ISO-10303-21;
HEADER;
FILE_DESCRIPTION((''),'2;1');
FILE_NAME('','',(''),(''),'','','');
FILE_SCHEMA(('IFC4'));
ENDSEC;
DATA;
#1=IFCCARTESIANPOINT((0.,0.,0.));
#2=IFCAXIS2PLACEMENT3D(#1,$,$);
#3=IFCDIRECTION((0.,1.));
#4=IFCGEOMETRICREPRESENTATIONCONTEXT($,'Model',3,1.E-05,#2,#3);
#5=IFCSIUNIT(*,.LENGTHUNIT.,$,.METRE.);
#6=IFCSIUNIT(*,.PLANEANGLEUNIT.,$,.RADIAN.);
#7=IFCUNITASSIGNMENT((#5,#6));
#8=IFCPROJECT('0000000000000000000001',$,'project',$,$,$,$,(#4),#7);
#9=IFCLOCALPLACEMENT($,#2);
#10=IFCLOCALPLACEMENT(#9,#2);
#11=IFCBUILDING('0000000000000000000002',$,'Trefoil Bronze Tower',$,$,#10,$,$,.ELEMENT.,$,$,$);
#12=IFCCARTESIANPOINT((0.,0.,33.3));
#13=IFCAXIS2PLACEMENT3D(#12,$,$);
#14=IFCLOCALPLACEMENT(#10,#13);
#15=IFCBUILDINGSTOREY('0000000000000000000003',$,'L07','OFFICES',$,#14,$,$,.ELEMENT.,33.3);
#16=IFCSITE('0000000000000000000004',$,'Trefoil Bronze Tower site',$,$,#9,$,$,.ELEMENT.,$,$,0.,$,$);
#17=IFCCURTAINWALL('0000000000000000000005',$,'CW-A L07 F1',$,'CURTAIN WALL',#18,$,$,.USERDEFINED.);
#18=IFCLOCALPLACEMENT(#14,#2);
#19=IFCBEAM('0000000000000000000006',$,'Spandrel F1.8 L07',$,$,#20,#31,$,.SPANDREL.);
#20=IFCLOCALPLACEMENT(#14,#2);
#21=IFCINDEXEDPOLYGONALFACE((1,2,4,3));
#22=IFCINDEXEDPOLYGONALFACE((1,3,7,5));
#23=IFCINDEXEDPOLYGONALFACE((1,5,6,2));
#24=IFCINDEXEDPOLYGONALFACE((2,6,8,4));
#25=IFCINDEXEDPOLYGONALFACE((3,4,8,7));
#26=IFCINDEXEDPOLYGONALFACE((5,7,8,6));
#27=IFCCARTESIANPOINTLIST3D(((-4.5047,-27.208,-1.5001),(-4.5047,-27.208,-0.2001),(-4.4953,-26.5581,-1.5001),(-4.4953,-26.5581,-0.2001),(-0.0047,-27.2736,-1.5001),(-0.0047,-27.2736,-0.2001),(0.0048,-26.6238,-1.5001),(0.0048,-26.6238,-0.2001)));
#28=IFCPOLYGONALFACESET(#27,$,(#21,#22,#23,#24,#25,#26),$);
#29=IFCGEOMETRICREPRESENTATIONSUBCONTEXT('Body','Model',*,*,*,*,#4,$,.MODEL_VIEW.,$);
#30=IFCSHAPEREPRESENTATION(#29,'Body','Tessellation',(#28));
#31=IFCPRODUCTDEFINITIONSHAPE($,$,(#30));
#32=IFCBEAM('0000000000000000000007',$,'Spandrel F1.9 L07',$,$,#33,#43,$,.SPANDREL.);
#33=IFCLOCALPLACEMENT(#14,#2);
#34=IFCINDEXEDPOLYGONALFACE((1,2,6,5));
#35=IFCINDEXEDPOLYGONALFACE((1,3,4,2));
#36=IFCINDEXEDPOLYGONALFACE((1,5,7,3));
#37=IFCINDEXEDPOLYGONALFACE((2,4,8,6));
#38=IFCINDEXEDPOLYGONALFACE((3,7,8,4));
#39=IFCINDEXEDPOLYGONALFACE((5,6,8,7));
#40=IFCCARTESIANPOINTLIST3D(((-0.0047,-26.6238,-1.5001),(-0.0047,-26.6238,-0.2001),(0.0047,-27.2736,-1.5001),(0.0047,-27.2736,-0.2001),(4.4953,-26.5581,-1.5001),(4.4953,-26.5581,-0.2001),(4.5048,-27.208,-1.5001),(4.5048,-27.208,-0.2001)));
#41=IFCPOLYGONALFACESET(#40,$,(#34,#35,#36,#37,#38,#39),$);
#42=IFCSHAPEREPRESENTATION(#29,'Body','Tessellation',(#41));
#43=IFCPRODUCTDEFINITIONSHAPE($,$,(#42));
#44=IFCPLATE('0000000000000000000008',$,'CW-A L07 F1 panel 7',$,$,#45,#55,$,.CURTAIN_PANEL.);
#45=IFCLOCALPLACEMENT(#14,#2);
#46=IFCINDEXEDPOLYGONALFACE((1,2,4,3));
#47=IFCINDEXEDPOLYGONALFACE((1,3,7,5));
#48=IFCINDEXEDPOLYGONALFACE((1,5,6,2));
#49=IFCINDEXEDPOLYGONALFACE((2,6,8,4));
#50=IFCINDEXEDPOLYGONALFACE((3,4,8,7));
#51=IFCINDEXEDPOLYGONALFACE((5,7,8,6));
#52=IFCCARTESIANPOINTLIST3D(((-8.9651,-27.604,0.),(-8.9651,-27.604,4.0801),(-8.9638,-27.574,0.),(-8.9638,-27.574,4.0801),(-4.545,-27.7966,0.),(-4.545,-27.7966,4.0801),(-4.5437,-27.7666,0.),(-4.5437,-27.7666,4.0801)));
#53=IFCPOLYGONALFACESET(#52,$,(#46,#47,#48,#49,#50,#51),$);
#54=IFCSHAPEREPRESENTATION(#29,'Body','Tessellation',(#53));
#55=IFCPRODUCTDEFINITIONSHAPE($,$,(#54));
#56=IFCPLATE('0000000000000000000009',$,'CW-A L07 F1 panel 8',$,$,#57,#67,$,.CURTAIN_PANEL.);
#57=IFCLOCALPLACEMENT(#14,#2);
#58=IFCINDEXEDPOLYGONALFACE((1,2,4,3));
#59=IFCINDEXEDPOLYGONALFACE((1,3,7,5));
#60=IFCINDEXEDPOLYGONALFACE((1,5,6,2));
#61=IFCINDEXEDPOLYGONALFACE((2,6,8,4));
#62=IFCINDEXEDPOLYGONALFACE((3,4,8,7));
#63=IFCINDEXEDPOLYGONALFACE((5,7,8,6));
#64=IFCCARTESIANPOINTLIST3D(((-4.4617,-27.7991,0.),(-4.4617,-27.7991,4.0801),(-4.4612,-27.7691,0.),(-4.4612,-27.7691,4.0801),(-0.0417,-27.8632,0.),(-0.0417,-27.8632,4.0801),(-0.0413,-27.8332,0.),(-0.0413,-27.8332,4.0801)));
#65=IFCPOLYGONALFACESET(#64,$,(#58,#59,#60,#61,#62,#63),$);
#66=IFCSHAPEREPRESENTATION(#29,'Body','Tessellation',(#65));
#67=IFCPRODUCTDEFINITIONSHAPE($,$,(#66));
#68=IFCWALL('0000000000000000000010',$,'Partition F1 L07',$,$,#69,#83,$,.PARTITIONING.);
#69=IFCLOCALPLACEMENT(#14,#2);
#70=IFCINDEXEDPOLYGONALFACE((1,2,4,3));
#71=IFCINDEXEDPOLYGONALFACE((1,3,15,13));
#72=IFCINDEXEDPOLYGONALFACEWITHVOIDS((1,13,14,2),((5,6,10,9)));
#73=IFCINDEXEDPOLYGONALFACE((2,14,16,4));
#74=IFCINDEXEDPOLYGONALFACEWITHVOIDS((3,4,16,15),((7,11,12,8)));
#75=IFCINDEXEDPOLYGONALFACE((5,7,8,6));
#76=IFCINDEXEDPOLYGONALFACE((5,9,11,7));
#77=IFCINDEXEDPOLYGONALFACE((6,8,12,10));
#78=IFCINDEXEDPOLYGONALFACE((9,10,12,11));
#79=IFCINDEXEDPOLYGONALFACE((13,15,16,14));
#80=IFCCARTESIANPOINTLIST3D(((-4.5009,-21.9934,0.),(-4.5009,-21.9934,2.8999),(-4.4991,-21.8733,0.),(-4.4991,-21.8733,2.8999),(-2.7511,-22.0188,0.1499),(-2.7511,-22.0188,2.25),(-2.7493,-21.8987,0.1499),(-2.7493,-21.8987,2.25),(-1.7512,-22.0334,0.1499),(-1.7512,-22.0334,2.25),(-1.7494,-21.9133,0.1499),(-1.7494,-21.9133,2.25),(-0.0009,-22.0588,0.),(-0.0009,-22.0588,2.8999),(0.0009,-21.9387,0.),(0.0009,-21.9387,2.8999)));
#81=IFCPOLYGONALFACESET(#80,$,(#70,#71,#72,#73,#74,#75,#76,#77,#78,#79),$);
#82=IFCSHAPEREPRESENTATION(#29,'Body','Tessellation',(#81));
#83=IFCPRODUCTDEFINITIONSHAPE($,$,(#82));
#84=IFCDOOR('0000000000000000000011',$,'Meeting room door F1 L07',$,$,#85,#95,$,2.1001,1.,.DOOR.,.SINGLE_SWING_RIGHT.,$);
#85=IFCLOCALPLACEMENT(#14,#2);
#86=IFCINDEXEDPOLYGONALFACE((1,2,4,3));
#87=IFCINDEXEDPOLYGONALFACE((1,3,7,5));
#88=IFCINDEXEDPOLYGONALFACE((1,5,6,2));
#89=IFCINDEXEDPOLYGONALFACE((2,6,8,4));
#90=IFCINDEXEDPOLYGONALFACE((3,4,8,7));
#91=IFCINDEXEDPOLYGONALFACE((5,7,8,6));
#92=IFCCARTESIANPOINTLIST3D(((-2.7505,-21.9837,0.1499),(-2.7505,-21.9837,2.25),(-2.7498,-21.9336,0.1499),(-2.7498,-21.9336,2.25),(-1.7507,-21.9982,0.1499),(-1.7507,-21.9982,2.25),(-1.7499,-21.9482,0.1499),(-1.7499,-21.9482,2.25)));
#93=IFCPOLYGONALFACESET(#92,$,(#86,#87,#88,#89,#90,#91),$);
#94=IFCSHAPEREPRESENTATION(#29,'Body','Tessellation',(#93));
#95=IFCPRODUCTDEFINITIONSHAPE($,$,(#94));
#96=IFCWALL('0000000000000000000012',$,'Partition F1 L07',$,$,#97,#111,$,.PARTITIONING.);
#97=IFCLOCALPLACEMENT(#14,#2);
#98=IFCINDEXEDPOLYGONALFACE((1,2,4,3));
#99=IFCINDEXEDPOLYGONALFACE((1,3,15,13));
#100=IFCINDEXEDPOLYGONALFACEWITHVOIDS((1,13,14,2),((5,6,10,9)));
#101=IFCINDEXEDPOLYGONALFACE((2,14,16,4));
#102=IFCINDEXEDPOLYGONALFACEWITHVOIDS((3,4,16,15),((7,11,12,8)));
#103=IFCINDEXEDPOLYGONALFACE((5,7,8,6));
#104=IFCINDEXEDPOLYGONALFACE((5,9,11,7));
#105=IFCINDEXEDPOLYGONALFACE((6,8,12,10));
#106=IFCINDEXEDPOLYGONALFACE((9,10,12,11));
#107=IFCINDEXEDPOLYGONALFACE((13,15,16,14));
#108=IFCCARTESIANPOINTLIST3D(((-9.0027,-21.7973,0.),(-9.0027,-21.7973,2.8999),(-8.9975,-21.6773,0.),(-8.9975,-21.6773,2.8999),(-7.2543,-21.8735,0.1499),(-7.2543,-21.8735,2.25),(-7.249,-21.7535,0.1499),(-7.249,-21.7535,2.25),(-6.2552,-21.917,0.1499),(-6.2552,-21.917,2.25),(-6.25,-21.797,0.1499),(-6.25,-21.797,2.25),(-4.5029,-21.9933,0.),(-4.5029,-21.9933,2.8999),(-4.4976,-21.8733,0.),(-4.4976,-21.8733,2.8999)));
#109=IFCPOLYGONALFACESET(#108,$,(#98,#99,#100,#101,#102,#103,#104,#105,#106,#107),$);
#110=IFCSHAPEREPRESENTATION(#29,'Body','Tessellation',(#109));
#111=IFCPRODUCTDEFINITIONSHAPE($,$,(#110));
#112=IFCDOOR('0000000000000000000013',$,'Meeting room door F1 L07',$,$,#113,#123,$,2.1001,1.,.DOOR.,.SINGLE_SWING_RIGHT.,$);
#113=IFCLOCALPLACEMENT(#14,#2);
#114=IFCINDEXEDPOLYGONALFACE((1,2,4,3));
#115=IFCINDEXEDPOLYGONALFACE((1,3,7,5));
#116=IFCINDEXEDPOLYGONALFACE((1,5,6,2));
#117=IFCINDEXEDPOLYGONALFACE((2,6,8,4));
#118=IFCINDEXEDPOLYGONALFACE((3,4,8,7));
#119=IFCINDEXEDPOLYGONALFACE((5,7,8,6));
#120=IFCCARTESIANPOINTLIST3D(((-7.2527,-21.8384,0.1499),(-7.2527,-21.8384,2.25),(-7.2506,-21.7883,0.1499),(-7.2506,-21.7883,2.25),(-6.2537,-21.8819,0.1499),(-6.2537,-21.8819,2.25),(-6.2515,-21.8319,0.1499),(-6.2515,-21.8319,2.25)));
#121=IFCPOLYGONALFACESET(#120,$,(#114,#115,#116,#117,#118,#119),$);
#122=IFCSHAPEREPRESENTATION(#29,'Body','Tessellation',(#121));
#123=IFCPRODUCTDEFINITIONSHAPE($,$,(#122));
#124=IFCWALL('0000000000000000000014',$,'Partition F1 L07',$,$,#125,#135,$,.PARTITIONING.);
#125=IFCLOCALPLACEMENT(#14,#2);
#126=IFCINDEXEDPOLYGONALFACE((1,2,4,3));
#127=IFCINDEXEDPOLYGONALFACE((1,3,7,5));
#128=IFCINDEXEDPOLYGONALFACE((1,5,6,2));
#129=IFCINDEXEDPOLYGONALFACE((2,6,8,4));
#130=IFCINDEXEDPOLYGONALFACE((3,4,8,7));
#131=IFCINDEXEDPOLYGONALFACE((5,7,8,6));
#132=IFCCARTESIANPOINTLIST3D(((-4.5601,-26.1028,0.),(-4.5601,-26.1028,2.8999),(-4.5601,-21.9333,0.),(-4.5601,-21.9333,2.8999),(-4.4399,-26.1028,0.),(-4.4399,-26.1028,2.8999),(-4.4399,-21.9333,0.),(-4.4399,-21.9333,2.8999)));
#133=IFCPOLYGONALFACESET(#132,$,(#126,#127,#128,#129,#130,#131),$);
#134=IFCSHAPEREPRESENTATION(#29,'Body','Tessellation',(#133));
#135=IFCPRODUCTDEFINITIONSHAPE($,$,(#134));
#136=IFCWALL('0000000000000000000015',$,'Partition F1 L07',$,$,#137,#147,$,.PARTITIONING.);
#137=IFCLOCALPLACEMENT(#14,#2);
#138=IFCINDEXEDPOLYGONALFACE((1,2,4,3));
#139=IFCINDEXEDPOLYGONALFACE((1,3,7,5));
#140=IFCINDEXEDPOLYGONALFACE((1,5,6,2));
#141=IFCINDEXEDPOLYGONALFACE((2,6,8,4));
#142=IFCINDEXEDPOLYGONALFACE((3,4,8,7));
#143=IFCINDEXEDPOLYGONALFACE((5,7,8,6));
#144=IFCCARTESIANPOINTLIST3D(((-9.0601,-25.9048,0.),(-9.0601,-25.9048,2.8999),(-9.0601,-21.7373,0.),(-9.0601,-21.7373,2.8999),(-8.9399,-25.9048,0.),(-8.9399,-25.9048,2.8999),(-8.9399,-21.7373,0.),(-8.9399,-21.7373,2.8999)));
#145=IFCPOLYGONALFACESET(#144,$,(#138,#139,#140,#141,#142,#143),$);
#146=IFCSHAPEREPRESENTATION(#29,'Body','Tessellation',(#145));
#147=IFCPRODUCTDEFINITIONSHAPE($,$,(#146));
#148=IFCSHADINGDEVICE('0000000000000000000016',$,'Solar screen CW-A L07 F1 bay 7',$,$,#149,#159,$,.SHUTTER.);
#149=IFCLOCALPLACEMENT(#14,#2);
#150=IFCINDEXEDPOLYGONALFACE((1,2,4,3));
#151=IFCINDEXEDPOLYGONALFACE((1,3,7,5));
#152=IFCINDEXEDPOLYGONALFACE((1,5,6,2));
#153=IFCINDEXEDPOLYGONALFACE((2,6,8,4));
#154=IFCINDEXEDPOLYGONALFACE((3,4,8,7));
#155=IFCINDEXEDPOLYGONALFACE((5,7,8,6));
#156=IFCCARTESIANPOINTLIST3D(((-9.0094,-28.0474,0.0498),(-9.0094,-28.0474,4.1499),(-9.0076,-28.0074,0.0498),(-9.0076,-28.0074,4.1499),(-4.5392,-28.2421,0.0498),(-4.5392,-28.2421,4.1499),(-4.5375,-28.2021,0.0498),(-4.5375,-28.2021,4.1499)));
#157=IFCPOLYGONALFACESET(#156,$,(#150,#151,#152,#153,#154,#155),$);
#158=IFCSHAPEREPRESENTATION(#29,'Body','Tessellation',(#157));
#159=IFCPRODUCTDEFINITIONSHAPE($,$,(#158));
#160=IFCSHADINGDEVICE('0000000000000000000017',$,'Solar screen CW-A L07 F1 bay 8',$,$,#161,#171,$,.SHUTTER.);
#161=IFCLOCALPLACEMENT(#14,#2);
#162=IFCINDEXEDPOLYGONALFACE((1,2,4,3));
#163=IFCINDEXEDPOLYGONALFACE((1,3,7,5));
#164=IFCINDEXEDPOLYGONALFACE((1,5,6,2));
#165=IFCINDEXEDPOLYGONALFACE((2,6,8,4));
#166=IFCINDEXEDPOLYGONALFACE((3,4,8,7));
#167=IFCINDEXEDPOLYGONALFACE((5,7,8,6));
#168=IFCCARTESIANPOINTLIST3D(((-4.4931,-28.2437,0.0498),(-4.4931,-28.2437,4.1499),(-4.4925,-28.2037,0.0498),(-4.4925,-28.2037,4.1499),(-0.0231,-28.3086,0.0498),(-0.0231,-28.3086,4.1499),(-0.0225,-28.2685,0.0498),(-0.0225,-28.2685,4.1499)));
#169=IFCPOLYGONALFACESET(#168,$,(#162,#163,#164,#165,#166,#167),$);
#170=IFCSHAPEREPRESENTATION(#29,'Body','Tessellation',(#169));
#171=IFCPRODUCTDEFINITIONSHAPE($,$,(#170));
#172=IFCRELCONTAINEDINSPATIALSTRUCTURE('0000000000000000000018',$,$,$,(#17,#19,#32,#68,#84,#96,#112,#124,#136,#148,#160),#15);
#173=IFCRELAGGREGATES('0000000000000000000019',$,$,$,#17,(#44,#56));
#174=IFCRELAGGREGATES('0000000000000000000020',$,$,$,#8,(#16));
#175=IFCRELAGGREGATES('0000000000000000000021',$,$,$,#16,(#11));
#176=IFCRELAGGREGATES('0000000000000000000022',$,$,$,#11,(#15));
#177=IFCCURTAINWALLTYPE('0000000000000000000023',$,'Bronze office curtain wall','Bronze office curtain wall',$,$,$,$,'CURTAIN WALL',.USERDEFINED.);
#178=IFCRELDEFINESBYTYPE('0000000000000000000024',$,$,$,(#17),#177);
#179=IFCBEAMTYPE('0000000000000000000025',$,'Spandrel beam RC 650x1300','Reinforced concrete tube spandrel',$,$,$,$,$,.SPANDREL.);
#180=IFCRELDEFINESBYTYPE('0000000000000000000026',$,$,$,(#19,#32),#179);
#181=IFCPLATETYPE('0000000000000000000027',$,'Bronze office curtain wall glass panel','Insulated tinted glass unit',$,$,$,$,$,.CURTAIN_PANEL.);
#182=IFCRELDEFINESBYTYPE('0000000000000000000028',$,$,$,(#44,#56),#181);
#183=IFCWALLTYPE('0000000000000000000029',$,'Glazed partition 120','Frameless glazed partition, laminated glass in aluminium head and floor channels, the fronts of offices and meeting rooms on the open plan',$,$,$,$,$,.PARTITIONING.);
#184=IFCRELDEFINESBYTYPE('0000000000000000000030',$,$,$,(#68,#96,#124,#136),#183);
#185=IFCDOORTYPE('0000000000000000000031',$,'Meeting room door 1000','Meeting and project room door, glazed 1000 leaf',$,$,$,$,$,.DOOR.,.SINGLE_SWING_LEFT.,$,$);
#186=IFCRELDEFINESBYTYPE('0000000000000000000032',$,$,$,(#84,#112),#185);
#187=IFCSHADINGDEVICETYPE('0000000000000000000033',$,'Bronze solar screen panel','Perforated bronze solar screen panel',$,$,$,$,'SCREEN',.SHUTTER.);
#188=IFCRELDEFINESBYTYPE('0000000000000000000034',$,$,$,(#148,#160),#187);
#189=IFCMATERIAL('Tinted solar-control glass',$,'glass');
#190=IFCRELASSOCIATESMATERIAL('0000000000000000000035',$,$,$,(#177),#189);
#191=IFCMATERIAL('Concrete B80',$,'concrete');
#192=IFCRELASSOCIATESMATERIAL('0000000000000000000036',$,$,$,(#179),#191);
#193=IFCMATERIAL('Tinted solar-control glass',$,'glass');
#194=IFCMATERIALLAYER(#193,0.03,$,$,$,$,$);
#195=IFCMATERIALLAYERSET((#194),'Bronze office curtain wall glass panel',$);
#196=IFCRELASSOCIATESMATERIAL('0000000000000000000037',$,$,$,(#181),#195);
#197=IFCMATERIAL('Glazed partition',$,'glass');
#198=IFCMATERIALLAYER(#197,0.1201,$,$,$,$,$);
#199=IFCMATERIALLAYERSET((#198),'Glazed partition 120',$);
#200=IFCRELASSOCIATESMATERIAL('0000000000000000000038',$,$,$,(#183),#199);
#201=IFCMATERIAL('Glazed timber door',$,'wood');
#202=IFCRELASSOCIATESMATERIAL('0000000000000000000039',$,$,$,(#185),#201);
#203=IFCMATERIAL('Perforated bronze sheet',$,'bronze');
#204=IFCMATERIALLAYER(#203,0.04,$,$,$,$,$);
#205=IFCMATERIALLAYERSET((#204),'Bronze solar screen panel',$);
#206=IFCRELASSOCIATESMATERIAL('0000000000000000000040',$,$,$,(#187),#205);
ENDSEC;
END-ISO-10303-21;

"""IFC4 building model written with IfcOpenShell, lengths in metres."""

from ifc_helpers import new_model, si_unit, direction, frame, frame_2d, origin, origin_2d, place, context, subcontext, project, spatial, rectangle, extrude, material, layer, layer_set, material_profile, profile_set, type_object, element, fill, aggregate, save


model = new_model("IFC4")

# Units and contexts
model_context = context("Model", 3, precision=1e-05, world=origin(), true_north=direction((0.0, 1.0)))
body_context = subcontext(model_context, "Body", "Model", "MODEL_VIEW")
ifc_project = project(units=[si_unit("LENGTHUNIT", "METRE"), si_unit("PLANEANGLEUNIT", "RADIAN")], contexts=[model_context])

# Site, building, storey
site_placement = place(None, origin())
site = spatial("IfcSite", under=ifc_project, at=site_placement, Name="Trefoil Bronze Tower site", CompositionType="ELEMENT", RefElevation=0.0)
building_placement = place(site_placement, origin())
building = spatial("IfcBuilding", under=site, at=building_placement, Name="Trefoil Bronze Tower", CompositionType="ELEMENT")
storey_placement = place(building_placement, frame((0.0, 0.0, 33.3)))
storey = spatial("IfcBuildingStorey", under=building, at=storey_placement, Name="L07", Description="OFFICES", CompositionType="ELEMENT", Elevation=33.3)

# Curtain wall
ifc_material_1 = material(Name="Tinted solar-control glass", Category="glass")
curtain_wall_type = type_object("IfcCurtainWallType", Name="Bronze office curtain wall", Description="Bronze office curtain wall", ElementType="CURTAIN WALL", PredefinedType="USERDEFINED", material=ifc_material_1)
curtain_wall_placement = place(storey_placement, origin())
curtain_wall = element("IfcCurtainWall", 1, at=curtain_wall_placement, inside=storey, type_object=curtain_wall_type, Name="CW-A L07 F1", ObjectType="CURTAIN WALL", PredefinedType="USERDEFINED")

# Beams
ifc_material_2 = material(Name="Concrete B80", Category="concrete")
ifc_material_profile_1 = material_profile(ifc_material_2, rectangle(XDim=0.6499, YDim=1.3, at=origin_2d()), Name="RC 650x1300")
ifc_profile_set_1 = profile_set([ifc_material_profile_1], Name="Concrete B80")
beam_type_1 = type_object("IfcBeamType", Name="Spandrel beam RC 650x1300", Description="Reinforced concrete tube spandrel", PredefinedType="SPANDREL", material=ifc_profile_set_1)
for number, where, z_axis, x_axis, name in (
    (2, (-4.5, -26.8831, -0.8501), (0.999894, -0.014593, 0.0), (0.014593, 0.999894, 0.0), "Spandrel F1.8 L07"),
    (3, (0.0, -26.9487, -0.8501), (0.999894, 0.014593, 0.0), (-0.014593, 0.999894, 0.0), "Spandrel F1.9 L07"),
):
    element("IfcBeam", number, at=place(storey_placement, frame(where, z_axis=z_axis, x_axis=x_axis)), inside=storey, type_object=beam_type_1, Name=name, PredefinedType="SPANDREL", context=body_context, shape_type="SweptSolid", body=[
        extrude(rectangle(XDim=0.6499, YDim=1.3, at=origin_2d()), origin(), (0.0, 0.0, 1.0), 4.5005),
    ])

# Plates
ifc_material_3 = material(Name="Tinted solar-control glass", Category="glass")
ifc_layer_1 = layer(ifc_material_3, 0.03)
ifc_layer_set_1 = layer_set([ifc_layer_1], Name="Bronze office curtain wall glass panel")
plate_type = type_object("IfcPlateType", Name="Bronze office curtain wall glass panel", Description="Insulated tinted glass unit", PredefinedType="CURTAIN_PANEL", material=ifc_layer_set_1)
plate_1_placement = place(storey_placement, frame((-6.7544, -27.6853, 0.0), z_axis=(0.0, 0.0, 1.0), x_axis=(0.999052, -0.043528, 0.0)))
plate_1 = element("IfcPlate", 4, at=plate_1_placement, type_object=plate_type, Name="CW-A L07 F1 panel 7", PredefinedType="CURTAIN_PANEL", context=body_context, shape_type="SweptSolid", body=[
    extrude(rectangle(XDim=4.4243, YDim=0.03, at=origin_2d()), origin(), (0.0, 0.0, 1.0), 4.0801),
])
plate_2_placement = place(storey_placement, frame((-2.2515, -27.8162, 0.0), z_axis=(0.0, 0.0, 1.0), x_axis=(0.999895, -0.014509, 0.0)))
plate_2 = element("IfcPlate", 5, at=plate_2_placement, type_object=plate_type, Name="CW-A L07 F1 panel 8", PredefinedType="CURTAIN_PANEL", context=body_context, shape_type="SweptSolid", body=[
    extrude(rectangle(XDim=4.4204, YDim=0.03, at=origin_2d()), origin(), (0.0, 0.0, 1.0), 4.0801),
])
aggregate(curtain_wall, [plate_1, plate_2])

# Walls, openings, doors
ifc_material_4 = material(Name="Glazed partition", Category="glass")
ifc_layer_2 = layer(ifc_material_4, 0.1201)
ifc_layer_set_2 = layer_set([ifc_layer_2], Name="Glazed partition 120")
wall_type = type_object("IfcWallType", Name="Glazed partition 120", Description="Frameless glazed partition, laminated glass in aluminium head and floor channels, the fronts of offices and meeting rooms on the open plan", PredefinedType="PARTITIONING", material=ifc_layer_set_2)
wall_1_placement = place(storey_placement, frame((-4.5, -21.9333, 0.0), z_axis=(0.0, 0.0, 1.0), x_axis=(0.999894, -0.014538, 0.0)))
wall_1 = element("IfcWall", 6, at=wall_1_placement, inside=storey, type_object=wall_type, Name="Partition F1 L07", PredefinedType="PARTITIONING", context=body_context, shape_type="SweptSolid", body=[
    extrude(rectangle(XDim=4.5005, YDim=0.1201, at=frame_2d((2.2502, 0.0))), origin(), (0.0, 0.0, 1.0), 2.8999),
])
opening_1_placement = place(wall_1_placement, frame((1.75, 0.0, 0.1499)))
opening_1 = element("IfcOpeningElement", 7, at=opening_1_placement, cuts=wall_1, PredefinedType="OPENING", context=body_context, shape_type="SweptSolid", body=[
    extrude(rectangle(XDim=1.0, YDim=2.1001, at=frame_2d((0.5, 1.05))), frame((0.0, 0.0701, 0.0), z_axis=(0.0, -1.0, 0.0), x_axis=(1.0, 0.0, 0.0)), (0.0, 0.0, 1.0), 0.1401),
])
ifc_material_5 = material(Name="Glazed timber door", Category="wood")
door_type = type_object("IfcDoorType", Name="Meeting room door 1000", Description="Meeting and project room door, glazed 1000 leaf", OperationType="SINGLE_SWING_LEFT", PredefinedType="DOOR", material=ifc_material_5)
door_1_placement = place(opening_1_placement, frame((1.0, 0.0, 0.0), z_axis=(0.0, 0.0, 1.0), x_axis=(-1.0, 0.0, 0.0)))
door_1 = element("IfcDoor", 8, at=door_1_placement, inside=storey, type_object=door_type, Name="Meeting room door F1 L07", OperationType="SINGLE_SWING_RIGHT", OverallHeight=2.1001, OverallWidth=1.0, PredefinedType="DOOR", context=body_context, shape_type="SweptSolid", body=[
    extrude(rectangle(XDim=1.0, YDim=2.1001, at=frame_2d((0.5, 1.05))), frame((0.0, 0.0249, 0.0), z_axis=(0.0, -1.0, 0.0), x_axis=(1.0, 0.0, 0.0)), (0.0, 0.0, 1.0), 0.05),
])
fill(opening_1, door_1)
wall_2_placement = place(storey_placement, frame((-9.0, -21.7373, 0.0), z_axis=(0.0, 0.0, 1.0), x_axis=(0.999052, -0.043524, 0.0)))
wall_2 = element("IfcWall", 9, at=wall_2_placement, inside=storey, type_object=wall_type, Name="Partition F1 L07", PredefinedType="PARTITIONING", context=body_context, shape_type="SweptSolid", body=[
    extrude(rectangle(XDim=4.5042, YDim=0.1201, at=frame_2d((2.252, 0.0))), origin(), (0.0, 0.0, 1.0), 2.8999),
])
opening_2_placement = place(wall_2_placement, frame((1.75, 0.0, 0.1499)))
opening_2 = element("IfcOpeningElement", 10, at=opening_2_placement, cuts=wall_2, PredefinedType="OPENING", context=body_context, shape_type="SweptSolid", body=[
    extrude(rectangle(XDim=1.0, YDim=2.1001, at=frame_2d((0.5, 1.05))), frame((0.0, 0.0701, 0.0), z_axis=(0.0, -1.0, 0.0), x_axis=(1.0, 0.0, 0.0)), (0.0, 0.0, 1.0), 0.1401),
])
door_2_placement = place(opening_2_placement, frame((1.0, 0.0, 0.0), z_axis=(0.0, 0.0, 1.0), x_axis=(-1.0, 0.0, 0.0)))
door_2 = element("IfcDoor", 11, at=door_2_placement, inside=storey, type_object=door_type, Name="Meeting room door F1 L07", OperationType="SINGLE_SWING_RIGHT", OverallHeight=2.1001, OverallWidth=1.0, PredefinedType="DOOR", context=body_context, shape_type="SweptSolid", body=[
    extrude(rectangle(XDim=1.0, YDim=2.1001, at=frame_2d((0.5, 1.05))), frame((0.0, 0.0249, 0.0), z_axis=(0.0, -1.0, 0.0), x_axis=(1.0, 0.0, 0.0)), (0.0, 0.0, 1.0), 0.05),
])
fill(opening_2, door_2)

# Walls
wall_3_placement = place(storey_placement, frame((-4.5, -21.9333, 0.0), z_axis=(0.0, 0.0, 1.0), x_axis=(0.0, -1.0, 0.0)))
element("IfcWall", 12, at=wall_3_placement, inside=storey, type_object=wall_type, Name="Partition F1 L07", PredefinedType="PARTITIONING", context=body_context, shape_type="SweptSolid", body=[
    extrude(rectangle(XDim=4.1694, YDim=0.1201, at=frame_2d((2.0847, 0.0))), origin(), (0.0, 0.0, 1.0), 2.8999),
])
wall_4_placement = place(storey_placement, frame((-9.0, -21.7373, 0.0), z_axis=(0.0, 0.0, 1.0), x_axis=(0.0, -1.0, 0.0)))
element("IfcWall", 13, at=wall_4_placement, inside=storey, type_object=wall_type, Name="Partition F1 L07", PredefinedType="PARTITIONING", context=body_context, shape_type="SweptSolid", body=[
    extrude(rectangle(XDim=4.1675, YDim=0.1201, at=frame_2d((2.0837, 0.0))), origin(), (0.0, 0.0, 1.0), 2.8999),
])

# Shading devices
ifc_material_6 = material(Name="Perforated bronze sheet", Category="bronze")
ifc_layer_3 = layer(ifc_material_6, 0.04)
ifc_layer_set_3 = layer_set([ifc_layer_3], Name="Bronze solar screen panel")
shading_device_type = type_object("IfcShadingDeviceType", Name="Bronze solar screen panel", Description="Perforated bronze solar screen panel", ElementType="SCREEN", PredefinedType="SHUTTER", material=ifc_layer_set_3)
shading_device_1_placement = place(storey_placement, frame((-6.7734, -28.1248, 0.0498), z_axis=(0.0, 0.0, 1.0), x_axis=(0.999052, -0.043528, 0.0)))
element("IfcShadingDevice", 14, at=shading_device_1_placement, inside=storey, type_object=shading_device_type, Name="Solar screen CW-A L07 F1 bay 7", PredefinedType="SHUTTER", context=body_context, shape_type="SweptSolid", body=[
    extrude(rectangle(XDim=4.4744, YDim=0.04, at=origin_2d()), origin(), (0.0, 0.0, 1.0), 4.1001),
])
shading_device_2_placement = place(storey_placement, frame((-2.2578, -28.2561, 0.0498), z_axis=(0.0, 0.0, 1.0), x_axis=(0.999895, -0.014509, 0.0)))
element("IfcShadingDevice", 15, at=shading_device_2_placement, inside=storey, type_object=shading_device_type, Name="Solar screen CW-A L07 F1 bay 8", PredefinedType="SHUTTER", context=body_context, shape_type="SweptSolid", body=[
    extrude(rectangle(XDim=4.4705, YDim=0.04, at=origin_2d()), origin(), (0.0, 0.0, 1.0), 4.1001),
])

save(model, "model.ifc")
